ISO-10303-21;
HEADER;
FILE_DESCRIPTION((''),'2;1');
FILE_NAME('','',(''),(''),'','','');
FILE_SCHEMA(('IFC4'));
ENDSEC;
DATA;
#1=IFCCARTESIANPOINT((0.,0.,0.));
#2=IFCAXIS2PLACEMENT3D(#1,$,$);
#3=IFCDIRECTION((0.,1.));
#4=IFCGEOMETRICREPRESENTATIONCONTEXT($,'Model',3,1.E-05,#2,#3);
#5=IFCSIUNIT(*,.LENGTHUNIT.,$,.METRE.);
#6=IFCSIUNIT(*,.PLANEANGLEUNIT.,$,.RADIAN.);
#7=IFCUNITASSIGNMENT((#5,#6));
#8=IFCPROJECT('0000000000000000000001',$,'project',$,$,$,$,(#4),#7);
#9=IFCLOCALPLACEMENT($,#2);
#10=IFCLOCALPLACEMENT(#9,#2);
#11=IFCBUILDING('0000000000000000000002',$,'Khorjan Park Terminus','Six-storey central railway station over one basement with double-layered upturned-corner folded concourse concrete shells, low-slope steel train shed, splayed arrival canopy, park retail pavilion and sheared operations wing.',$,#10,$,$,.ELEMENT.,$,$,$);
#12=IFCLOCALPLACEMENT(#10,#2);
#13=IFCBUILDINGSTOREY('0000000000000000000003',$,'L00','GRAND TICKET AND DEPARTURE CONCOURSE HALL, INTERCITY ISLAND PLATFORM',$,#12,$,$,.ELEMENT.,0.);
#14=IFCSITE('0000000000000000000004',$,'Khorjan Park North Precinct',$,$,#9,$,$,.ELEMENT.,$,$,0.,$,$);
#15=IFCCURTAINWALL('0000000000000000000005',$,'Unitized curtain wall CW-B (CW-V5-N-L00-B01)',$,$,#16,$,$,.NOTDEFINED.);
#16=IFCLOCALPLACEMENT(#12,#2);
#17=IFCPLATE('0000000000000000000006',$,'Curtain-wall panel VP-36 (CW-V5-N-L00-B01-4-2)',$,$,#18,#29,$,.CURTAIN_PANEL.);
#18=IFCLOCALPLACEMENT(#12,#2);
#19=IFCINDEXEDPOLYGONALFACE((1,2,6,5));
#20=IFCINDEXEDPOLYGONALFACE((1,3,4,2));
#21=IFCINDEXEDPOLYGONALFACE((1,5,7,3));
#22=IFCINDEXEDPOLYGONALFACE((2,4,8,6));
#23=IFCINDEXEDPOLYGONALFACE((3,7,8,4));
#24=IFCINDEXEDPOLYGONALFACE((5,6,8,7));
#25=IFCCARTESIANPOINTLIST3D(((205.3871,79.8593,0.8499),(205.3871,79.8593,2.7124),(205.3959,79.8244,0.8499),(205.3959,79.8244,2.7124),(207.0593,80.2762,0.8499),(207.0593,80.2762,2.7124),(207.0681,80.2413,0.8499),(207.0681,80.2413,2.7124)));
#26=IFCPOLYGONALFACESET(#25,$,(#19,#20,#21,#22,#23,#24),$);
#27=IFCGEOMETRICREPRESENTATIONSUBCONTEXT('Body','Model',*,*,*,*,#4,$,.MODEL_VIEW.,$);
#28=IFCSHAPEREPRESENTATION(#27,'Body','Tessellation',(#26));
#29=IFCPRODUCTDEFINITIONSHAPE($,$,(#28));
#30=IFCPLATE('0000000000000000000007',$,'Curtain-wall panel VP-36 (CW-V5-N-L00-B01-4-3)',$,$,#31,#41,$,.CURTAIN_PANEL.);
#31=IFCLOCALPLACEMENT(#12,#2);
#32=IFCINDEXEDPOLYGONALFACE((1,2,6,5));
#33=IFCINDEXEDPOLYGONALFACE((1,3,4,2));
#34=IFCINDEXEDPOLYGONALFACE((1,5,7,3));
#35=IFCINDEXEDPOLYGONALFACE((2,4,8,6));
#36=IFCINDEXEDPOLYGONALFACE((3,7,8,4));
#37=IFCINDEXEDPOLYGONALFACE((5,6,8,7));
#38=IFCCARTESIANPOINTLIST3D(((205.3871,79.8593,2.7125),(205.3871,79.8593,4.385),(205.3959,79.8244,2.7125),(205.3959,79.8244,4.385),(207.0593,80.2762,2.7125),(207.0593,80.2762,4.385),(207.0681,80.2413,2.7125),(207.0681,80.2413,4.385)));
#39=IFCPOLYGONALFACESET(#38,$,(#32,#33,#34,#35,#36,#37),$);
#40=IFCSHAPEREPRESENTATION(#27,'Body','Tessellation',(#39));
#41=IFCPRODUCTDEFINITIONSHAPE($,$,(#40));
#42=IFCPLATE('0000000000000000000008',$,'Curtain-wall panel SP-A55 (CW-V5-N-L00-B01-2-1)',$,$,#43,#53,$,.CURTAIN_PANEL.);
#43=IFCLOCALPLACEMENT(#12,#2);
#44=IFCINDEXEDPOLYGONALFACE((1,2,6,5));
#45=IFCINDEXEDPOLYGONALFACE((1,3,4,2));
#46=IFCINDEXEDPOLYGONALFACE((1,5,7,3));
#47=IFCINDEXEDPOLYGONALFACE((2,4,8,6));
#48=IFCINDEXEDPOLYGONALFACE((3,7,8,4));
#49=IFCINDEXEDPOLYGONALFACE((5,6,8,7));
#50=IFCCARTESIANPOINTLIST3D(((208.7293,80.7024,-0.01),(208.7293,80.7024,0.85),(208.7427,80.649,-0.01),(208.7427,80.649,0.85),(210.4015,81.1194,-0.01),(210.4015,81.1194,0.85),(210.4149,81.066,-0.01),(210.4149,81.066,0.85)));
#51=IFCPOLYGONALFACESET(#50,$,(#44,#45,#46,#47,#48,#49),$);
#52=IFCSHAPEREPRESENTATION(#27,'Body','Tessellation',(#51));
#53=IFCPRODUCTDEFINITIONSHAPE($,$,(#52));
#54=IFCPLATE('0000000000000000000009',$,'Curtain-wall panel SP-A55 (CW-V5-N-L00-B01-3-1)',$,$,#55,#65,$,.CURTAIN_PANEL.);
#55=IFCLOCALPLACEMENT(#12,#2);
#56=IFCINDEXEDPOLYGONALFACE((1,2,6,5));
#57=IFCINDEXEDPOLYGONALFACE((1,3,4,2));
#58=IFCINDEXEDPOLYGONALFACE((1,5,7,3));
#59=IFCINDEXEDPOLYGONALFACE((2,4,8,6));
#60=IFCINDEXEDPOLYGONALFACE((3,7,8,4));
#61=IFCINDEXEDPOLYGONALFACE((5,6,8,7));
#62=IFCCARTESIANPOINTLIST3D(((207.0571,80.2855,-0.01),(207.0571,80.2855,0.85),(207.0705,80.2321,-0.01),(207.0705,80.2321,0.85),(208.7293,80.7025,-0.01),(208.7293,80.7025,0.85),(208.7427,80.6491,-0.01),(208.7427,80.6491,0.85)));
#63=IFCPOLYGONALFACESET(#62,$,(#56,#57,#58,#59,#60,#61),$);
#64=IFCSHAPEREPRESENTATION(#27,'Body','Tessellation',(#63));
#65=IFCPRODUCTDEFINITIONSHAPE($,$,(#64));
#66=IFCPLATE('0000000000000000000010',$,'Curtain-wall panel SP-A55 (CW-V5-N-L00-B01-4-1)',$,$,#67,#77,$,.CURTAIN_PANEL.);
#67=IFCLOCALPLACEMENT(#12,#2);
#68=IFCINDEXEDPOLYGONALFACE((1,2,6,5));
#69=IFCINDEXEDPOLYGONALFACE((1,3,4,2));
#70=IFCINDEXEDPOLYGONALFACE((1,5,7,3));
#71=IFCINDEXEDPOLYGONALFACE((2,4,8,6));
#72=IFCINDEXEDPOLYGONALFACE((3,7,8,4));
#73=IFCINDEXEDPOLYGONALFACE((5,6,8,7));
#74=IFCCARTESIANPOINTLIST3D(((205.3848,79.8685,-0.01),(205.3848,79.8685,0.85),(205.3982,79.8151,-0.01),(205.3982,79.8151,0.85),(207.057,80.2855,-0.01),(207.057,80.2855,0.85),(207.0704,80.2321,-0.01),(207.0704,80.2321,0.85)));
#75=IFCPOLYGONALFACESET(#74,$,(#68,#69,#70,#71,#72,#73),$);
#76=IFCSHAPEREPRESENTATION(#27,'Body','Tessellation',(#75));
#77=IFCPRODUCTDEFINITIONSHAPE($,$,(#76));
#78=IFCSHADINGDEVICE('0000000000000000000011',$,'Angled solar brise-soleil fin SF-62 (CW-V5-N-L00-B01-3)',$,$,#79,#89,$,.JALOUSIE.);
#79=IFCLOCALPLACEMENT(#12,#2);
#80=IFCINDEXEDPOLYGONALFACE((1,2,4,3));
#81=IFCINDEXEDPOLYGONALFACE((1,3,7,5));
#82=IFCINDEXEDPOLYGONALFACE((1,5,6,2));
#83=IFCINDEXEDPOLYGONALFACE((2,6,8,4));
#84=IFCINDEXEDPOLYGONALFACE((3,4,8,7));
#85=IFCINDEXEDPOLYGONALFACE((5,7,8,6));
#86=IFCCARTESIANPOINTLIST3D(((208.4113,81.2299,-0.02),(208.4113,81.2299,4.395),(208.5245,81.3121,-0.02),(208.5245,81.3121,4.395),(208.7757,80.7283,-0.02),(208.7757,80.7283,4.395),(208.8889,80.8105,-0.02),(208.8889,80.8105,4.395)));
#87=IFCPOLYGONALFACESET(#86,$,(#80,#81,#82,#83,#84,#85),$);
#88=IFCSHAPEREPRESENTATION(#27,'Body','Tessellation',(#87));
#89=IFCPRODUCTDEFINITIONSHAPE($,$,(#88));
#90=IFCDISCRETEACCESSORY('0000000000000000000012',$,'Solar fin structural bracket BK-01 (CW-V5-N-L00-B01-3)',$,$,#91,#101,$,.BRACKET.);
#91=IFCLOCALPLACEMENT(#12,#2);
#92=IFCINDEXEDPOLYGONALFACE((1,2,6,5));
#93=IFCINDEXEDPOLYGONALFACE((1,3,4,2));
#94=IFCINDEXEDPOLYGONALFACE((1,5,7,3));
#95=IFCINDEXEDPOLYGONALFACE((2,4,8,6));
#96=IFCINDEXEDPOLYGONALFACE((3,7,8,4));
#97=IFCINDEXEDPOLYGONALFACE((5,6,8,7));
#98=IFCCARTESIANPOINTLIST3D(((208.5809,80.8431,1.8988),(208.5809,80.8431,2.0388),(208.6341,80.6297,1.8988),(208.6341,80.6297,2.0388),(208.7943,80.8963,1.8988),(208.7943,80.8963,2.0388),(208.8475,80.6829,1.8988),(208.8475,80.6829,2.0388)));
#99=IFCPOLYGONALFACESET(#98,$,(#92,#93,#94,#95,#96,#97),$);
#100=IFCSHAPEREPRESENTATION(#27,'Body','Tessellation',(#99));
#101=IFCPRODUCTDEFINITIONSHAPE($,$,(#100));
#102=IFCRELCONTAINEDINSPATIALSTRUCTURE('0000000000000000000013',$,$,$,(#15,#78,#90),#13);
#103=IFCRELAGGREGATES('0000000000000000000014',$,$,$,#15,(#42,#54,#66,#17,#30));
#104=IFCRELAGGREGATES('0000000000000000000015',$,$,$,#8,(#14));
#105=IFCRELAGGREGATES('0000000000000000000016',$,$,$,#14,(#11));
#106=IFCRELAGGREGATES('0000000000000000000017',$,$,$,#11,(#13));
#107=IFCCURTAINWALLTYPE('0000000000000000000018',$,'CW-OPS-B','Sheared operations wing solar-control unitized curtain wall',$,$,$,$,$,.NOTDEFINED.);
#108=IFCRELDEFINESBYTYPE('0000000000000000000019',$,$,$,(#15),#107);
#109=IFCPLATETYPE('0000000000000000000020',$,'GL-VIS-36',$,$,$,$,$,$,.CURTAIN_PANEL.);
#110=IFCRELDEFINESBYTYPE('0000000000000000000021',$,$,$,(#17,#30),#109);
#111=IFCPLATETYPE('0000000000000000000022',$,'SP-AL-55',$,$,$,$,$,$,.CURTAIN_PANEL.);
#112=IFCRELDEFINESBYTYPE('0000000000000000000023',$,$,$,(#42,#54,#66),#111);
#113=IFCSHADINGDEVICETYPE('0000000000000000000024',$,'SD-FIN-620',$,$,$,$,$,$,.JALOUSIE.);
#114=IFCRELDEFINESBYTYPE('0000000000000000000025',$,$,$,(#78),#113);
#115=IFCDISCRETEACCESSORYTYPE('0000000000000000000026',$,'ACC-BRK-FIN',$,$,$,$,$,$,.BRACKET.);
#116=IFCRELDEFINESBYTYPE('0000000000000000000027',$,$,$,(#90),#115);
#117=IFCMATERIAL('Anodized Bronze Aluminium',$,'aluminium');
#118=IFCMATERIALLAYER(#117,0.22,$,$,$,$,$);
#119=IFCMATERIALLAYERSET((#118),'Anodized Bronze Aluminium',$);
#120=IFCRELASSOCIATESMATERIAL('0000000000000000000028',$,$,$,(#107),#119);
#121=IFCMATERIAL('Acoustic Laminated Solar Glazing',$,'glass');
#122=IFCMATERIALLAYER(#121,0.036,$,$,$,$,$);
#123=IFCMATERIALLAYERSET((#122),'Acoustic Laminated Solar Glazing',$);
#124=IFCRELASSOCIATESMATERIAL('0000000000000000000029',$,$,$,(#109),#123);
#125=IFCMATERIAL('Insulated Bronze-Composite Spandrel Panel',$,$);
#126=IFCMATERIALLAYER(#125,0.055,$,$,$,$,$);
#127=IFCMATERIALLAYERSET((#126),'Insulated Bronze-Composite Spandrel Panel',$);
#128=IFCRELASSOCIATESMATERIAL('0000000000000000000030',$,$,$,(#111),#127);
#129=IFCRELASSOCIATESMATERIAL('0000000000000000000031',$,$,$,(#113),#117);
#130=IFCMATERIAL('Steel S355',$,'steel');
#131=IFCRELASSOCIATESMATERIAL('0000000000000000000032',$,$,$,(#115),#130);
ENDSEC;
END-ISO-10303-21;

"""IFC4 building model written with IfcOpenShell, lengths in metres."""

from ifc_helpers import new_model, si_unit, direction, frame, origin, origin_2d, place, context, subcontext, project, spatial, rectangle, extrude, material, layer, layer_set, type_object, element, aggregate, save


model = new_model("IFC4")

# Units and contexts
model_context = context("Model", 3, precision=1e-05, world=origin(), true_north=direction((0.0, 1.0)))
body_context = subcontext(model_context, "Body", "Model", "MODEL_VIEW")
ifc_project = project(units=[si_unit("LENGTHUNIT", "METRE"), si_unit("PLANEANGLEUNIT", "RADIAN")], contexts=[model_context])

# Site, building, storey
site_placement = place(None, origin())
site = spatial("IfcSite", under=ifc_project, at=site_placement, Name="Khorjan Park North Precinct", CompositionType="ELEMENT", RefElevation=0.0)
building_placement = place(site_placement, origin())
building = spatial("IfcBuilding", under=site, at=building_placement, Name="Khorjan Park Terminus", Description="Six-storey central railway station over one basement with double-layered upturned-corner folded concourse concrete shells, low-slope steel train shed, splayed arrival canopy, park retail pavilion and sheared operations wing.", CompositionType="ELEMENT")
storey_placement = place(building_placement, origin())
storey = spatial("IfcBuildingStorey", under=building, at=storey_placement, Name="L00", Description="GRAND TICKET AND DEPARTURE CONCOURSE HALL, INTERCITY ISLAND PLATFORM", CompositionType="ELEMENT", Elevation=0.0)

# Curtain wall, plates
ifc_material_1 = material(Name="Anodized Bronze Aluminium", Category="aluminium")
ifc_layer_1 = layer(ifc_material_1, 0.22)
ifc_layer_set_1 = layer_set([ifc_layer_1], Name="Anodized Bronze Aluminium")
curtain_wall_type = type_object("IfcCurtainWallType", Name="CW-OPS-B", Description="Sheared operations wing solar-control unitized curtain wall", PredefinedType="NOTDEFINED", material=ifc_layer_set_1)
curtain_wall_placement = place(storey_placement, origin())
curtain_wall = element("IfcCurtainWall", 1, at=curtain_wall_placement, inside=storey, type_object=curtain_wall_type, Name="Unitized curtain wall CW-B (CW-V5-N-L00-B01)", PredefinedType="NOTDEFINED")
ifc_material_2 = material(Name="Acoustic Laminated Solar Glazing", Category="glass")
ifc_layer_2 = layer(ifc_material_2, 0.036)
ifc_layer_set_2 = layer_set([ifc_layer_2], Name="Acoustic Laminated Solar Glazing")
plate_type_1 = type_object("IfcPlateType", Name="GL-VIS-36", PredefinedType="CURTAIN_PANEL", material=ifc_layer_set_2)
plate_1_placement = place(storey_placement, frame((206.2276, 80.0503, 0.8499), z_axis=(0.0, 0.0, 1.0), x_axis=(-0.970294, -0.241928, 0.0)))
plate_1 = element("IfcPlate", 2, at=plate_1_placement, type_object=plate_type_1, Name="Curtain-wall panel VP-36 (CW-V5-N-L00-B01-4-2)", PredefinedType="CURTAIN_PANEL", context=body_context, shape_type="SweptSolid", body=[
    extrude(rectangle(XDim=1.7234, YDim=0.036, at=origin_2d()), origin(), (0.0, 0.0, 1.0), 1.8625),
])
plate_2_placement = place(storey_placement, frame((206.2276, 80.0503, 2.7125), z_axis=(0.0, 0.0, 1.0), x_axis=(-0.970294, -0.241928, 0.0)))
plate_2 = element("IfcPlate", 3, at=plate_2_placement, type_object=plate_type_1, Name="Curtain-wall panel VP-36 (CW-V5-N-L00-B01-4-3)", PredefinedType="CURTAIN_PANEL", context=body_context, shape_type="SweptSolid", body=[
    extrude(rectangle(XDim=1.7234, YDim=0.036, at=origin_2d()), origin(), (0.0, 0.0, 1.0), 1.6725),
])
ifc_material_3 = material(Name="Insulated Bronze-Composite Spandrel Panel")
ifc_layer_3 = layer(ifc_material_3, 0.055)
ifc_layer_set_3 = layer_set([ifc_layer_3], Name="Insulated Bronze-Composite Spandrel Panel")
plate_type_2 = type_object("IfcPlateType", Name="SP-AL-55", PredefinedType="CURTAIN_PANEL", material=ifc_layer_set_3)
plate_3_placement = place(storey_placement, frame((209.5721, 80.8842, -0.01), z_axis=(0.0, 0.0, 1.0), x_axis=(-0.970294, -0.241928, 0.0)))
plate_3 = element("IfcPlate", 4, at=plate_3_placement, type_object=plate_type_2, Name="Curtain-wall panel SP-A55 (CW-V5-N-L00-B01-2-1)", PredefinedType="CURTAIN_PANEL", context=body_context, shape_type="SweptSolid", body=[
    extrude(rectangle(XDim=1.7234, YDim=0.055, at=origin_2d()), origin(), (0.0, 0.0, 1.0), 0.86),
])
plate_4_placement = place(storey_placement, frame((207.8999, 80.4673, -0.01), z_axis=(0.0, 0.0, 1.0), x_axis=(-0.970294, -0.241928, 0.0)))
plate_4 = element("IfcPlate", 5, at=plate_4_placement, type_object=plate_type_2, Name="Curtain-wall panel SP-A55 (CW-V5-N-L00-B01-3-1)", PredefinedType="CURTAIN_PANEL", context=body_context, shape_type="SweptSolid", body=[
    extrude(rectangle(XDim=1.7234, YDim=0.055, at=origin_2d()), origin(), (0.0, 0.0, 1.0), 0.86),
])
plate_5_placement = place(storey_placement, frame((206.2276, 80.0503, -0.01), z_axis=(0.0, 0.0, 1.0), x_axis=(-0.970294, -0.241928, 0.0)))
plate_5 = element("IfcPlate", 6, at=plate_5_placement, type_object=plate_type_2, Name="Curtain-wall panel SP-A55 (CW-V5-N-L00-B01-4-1)", PredefinedType="CURTAIN_PANEL", context=body_context, shape_type="SweptSolid", body=[
    extrude(rectangle(XDim=1.7234, YDim=0.055, at=origin_2d()), origin(), (0.0, 0.0, 1.0), 0.86),
])
aggregate(curtain_wall, [plate_3, plate_4, plate_5, plate_1, plate_2])

# Shading device
shading_device_type = type_object("IfcShadingDeviceType", Name="SD-FIN-620", PredefinedType="JALOUSIE", material=ifc_material_1)
shading_device_placement = place(storey_placement, frame((208.6501, 81.0202, -0.02), z_axis=(0.0, 0.0, 1.0), x_axis=(0.587785, -0.809017, 0.0)))
element("IfcShadingDevice", 7, at=shading_device_placement, inside=storey, type_object=shading_device_type, Name="Angled solar brise-soleil fin SF-62 (CW-V5-N-L00-B01-3)", PredefinedType="JALOUSIE", context=body_context, shape_type="SweptSolid", body=[
    extrude(rectangle(XDim=0.62, YDim=0.14, at=origin_2d()), origin(), (0.0, 0.0, 1.0), 4.415),
])

# Discrete accessory
ifc_material_4 = material(Name="Steel S355", Category="steel")
discrete_accessory_type = type_object("IfcDiscreteAccessoryType", Name="ACC-BRK-FIN", PredefinedType="BRACKET", material=ifc_material_4)
discrete_accessory_placement = place(storey_placement, frame((208.7142, 80.763, 1.8988), z_axis=(0.0, 0.0, 1.0), x_axis=(-0.970294, -0.241928, 0.0)))
element("IfcDiscreteAccessory", 8, at=discrete_accessory_placement, inside=storey, type_object=discrete_accessory_type, Name="Solar fin structural bracket BK-01 (CW-V5-N-L00-B01-3)", PredefinedType="BRACKET", context=body_context, shape_type="SweptSolid", body=[
    extrude(rectangle(XDim=0.22, YDim=0.22, at=origin_2d()), origin(), (0.0, 0.0, 1.0), 0.14),
])

save(model, "model.ifc")
